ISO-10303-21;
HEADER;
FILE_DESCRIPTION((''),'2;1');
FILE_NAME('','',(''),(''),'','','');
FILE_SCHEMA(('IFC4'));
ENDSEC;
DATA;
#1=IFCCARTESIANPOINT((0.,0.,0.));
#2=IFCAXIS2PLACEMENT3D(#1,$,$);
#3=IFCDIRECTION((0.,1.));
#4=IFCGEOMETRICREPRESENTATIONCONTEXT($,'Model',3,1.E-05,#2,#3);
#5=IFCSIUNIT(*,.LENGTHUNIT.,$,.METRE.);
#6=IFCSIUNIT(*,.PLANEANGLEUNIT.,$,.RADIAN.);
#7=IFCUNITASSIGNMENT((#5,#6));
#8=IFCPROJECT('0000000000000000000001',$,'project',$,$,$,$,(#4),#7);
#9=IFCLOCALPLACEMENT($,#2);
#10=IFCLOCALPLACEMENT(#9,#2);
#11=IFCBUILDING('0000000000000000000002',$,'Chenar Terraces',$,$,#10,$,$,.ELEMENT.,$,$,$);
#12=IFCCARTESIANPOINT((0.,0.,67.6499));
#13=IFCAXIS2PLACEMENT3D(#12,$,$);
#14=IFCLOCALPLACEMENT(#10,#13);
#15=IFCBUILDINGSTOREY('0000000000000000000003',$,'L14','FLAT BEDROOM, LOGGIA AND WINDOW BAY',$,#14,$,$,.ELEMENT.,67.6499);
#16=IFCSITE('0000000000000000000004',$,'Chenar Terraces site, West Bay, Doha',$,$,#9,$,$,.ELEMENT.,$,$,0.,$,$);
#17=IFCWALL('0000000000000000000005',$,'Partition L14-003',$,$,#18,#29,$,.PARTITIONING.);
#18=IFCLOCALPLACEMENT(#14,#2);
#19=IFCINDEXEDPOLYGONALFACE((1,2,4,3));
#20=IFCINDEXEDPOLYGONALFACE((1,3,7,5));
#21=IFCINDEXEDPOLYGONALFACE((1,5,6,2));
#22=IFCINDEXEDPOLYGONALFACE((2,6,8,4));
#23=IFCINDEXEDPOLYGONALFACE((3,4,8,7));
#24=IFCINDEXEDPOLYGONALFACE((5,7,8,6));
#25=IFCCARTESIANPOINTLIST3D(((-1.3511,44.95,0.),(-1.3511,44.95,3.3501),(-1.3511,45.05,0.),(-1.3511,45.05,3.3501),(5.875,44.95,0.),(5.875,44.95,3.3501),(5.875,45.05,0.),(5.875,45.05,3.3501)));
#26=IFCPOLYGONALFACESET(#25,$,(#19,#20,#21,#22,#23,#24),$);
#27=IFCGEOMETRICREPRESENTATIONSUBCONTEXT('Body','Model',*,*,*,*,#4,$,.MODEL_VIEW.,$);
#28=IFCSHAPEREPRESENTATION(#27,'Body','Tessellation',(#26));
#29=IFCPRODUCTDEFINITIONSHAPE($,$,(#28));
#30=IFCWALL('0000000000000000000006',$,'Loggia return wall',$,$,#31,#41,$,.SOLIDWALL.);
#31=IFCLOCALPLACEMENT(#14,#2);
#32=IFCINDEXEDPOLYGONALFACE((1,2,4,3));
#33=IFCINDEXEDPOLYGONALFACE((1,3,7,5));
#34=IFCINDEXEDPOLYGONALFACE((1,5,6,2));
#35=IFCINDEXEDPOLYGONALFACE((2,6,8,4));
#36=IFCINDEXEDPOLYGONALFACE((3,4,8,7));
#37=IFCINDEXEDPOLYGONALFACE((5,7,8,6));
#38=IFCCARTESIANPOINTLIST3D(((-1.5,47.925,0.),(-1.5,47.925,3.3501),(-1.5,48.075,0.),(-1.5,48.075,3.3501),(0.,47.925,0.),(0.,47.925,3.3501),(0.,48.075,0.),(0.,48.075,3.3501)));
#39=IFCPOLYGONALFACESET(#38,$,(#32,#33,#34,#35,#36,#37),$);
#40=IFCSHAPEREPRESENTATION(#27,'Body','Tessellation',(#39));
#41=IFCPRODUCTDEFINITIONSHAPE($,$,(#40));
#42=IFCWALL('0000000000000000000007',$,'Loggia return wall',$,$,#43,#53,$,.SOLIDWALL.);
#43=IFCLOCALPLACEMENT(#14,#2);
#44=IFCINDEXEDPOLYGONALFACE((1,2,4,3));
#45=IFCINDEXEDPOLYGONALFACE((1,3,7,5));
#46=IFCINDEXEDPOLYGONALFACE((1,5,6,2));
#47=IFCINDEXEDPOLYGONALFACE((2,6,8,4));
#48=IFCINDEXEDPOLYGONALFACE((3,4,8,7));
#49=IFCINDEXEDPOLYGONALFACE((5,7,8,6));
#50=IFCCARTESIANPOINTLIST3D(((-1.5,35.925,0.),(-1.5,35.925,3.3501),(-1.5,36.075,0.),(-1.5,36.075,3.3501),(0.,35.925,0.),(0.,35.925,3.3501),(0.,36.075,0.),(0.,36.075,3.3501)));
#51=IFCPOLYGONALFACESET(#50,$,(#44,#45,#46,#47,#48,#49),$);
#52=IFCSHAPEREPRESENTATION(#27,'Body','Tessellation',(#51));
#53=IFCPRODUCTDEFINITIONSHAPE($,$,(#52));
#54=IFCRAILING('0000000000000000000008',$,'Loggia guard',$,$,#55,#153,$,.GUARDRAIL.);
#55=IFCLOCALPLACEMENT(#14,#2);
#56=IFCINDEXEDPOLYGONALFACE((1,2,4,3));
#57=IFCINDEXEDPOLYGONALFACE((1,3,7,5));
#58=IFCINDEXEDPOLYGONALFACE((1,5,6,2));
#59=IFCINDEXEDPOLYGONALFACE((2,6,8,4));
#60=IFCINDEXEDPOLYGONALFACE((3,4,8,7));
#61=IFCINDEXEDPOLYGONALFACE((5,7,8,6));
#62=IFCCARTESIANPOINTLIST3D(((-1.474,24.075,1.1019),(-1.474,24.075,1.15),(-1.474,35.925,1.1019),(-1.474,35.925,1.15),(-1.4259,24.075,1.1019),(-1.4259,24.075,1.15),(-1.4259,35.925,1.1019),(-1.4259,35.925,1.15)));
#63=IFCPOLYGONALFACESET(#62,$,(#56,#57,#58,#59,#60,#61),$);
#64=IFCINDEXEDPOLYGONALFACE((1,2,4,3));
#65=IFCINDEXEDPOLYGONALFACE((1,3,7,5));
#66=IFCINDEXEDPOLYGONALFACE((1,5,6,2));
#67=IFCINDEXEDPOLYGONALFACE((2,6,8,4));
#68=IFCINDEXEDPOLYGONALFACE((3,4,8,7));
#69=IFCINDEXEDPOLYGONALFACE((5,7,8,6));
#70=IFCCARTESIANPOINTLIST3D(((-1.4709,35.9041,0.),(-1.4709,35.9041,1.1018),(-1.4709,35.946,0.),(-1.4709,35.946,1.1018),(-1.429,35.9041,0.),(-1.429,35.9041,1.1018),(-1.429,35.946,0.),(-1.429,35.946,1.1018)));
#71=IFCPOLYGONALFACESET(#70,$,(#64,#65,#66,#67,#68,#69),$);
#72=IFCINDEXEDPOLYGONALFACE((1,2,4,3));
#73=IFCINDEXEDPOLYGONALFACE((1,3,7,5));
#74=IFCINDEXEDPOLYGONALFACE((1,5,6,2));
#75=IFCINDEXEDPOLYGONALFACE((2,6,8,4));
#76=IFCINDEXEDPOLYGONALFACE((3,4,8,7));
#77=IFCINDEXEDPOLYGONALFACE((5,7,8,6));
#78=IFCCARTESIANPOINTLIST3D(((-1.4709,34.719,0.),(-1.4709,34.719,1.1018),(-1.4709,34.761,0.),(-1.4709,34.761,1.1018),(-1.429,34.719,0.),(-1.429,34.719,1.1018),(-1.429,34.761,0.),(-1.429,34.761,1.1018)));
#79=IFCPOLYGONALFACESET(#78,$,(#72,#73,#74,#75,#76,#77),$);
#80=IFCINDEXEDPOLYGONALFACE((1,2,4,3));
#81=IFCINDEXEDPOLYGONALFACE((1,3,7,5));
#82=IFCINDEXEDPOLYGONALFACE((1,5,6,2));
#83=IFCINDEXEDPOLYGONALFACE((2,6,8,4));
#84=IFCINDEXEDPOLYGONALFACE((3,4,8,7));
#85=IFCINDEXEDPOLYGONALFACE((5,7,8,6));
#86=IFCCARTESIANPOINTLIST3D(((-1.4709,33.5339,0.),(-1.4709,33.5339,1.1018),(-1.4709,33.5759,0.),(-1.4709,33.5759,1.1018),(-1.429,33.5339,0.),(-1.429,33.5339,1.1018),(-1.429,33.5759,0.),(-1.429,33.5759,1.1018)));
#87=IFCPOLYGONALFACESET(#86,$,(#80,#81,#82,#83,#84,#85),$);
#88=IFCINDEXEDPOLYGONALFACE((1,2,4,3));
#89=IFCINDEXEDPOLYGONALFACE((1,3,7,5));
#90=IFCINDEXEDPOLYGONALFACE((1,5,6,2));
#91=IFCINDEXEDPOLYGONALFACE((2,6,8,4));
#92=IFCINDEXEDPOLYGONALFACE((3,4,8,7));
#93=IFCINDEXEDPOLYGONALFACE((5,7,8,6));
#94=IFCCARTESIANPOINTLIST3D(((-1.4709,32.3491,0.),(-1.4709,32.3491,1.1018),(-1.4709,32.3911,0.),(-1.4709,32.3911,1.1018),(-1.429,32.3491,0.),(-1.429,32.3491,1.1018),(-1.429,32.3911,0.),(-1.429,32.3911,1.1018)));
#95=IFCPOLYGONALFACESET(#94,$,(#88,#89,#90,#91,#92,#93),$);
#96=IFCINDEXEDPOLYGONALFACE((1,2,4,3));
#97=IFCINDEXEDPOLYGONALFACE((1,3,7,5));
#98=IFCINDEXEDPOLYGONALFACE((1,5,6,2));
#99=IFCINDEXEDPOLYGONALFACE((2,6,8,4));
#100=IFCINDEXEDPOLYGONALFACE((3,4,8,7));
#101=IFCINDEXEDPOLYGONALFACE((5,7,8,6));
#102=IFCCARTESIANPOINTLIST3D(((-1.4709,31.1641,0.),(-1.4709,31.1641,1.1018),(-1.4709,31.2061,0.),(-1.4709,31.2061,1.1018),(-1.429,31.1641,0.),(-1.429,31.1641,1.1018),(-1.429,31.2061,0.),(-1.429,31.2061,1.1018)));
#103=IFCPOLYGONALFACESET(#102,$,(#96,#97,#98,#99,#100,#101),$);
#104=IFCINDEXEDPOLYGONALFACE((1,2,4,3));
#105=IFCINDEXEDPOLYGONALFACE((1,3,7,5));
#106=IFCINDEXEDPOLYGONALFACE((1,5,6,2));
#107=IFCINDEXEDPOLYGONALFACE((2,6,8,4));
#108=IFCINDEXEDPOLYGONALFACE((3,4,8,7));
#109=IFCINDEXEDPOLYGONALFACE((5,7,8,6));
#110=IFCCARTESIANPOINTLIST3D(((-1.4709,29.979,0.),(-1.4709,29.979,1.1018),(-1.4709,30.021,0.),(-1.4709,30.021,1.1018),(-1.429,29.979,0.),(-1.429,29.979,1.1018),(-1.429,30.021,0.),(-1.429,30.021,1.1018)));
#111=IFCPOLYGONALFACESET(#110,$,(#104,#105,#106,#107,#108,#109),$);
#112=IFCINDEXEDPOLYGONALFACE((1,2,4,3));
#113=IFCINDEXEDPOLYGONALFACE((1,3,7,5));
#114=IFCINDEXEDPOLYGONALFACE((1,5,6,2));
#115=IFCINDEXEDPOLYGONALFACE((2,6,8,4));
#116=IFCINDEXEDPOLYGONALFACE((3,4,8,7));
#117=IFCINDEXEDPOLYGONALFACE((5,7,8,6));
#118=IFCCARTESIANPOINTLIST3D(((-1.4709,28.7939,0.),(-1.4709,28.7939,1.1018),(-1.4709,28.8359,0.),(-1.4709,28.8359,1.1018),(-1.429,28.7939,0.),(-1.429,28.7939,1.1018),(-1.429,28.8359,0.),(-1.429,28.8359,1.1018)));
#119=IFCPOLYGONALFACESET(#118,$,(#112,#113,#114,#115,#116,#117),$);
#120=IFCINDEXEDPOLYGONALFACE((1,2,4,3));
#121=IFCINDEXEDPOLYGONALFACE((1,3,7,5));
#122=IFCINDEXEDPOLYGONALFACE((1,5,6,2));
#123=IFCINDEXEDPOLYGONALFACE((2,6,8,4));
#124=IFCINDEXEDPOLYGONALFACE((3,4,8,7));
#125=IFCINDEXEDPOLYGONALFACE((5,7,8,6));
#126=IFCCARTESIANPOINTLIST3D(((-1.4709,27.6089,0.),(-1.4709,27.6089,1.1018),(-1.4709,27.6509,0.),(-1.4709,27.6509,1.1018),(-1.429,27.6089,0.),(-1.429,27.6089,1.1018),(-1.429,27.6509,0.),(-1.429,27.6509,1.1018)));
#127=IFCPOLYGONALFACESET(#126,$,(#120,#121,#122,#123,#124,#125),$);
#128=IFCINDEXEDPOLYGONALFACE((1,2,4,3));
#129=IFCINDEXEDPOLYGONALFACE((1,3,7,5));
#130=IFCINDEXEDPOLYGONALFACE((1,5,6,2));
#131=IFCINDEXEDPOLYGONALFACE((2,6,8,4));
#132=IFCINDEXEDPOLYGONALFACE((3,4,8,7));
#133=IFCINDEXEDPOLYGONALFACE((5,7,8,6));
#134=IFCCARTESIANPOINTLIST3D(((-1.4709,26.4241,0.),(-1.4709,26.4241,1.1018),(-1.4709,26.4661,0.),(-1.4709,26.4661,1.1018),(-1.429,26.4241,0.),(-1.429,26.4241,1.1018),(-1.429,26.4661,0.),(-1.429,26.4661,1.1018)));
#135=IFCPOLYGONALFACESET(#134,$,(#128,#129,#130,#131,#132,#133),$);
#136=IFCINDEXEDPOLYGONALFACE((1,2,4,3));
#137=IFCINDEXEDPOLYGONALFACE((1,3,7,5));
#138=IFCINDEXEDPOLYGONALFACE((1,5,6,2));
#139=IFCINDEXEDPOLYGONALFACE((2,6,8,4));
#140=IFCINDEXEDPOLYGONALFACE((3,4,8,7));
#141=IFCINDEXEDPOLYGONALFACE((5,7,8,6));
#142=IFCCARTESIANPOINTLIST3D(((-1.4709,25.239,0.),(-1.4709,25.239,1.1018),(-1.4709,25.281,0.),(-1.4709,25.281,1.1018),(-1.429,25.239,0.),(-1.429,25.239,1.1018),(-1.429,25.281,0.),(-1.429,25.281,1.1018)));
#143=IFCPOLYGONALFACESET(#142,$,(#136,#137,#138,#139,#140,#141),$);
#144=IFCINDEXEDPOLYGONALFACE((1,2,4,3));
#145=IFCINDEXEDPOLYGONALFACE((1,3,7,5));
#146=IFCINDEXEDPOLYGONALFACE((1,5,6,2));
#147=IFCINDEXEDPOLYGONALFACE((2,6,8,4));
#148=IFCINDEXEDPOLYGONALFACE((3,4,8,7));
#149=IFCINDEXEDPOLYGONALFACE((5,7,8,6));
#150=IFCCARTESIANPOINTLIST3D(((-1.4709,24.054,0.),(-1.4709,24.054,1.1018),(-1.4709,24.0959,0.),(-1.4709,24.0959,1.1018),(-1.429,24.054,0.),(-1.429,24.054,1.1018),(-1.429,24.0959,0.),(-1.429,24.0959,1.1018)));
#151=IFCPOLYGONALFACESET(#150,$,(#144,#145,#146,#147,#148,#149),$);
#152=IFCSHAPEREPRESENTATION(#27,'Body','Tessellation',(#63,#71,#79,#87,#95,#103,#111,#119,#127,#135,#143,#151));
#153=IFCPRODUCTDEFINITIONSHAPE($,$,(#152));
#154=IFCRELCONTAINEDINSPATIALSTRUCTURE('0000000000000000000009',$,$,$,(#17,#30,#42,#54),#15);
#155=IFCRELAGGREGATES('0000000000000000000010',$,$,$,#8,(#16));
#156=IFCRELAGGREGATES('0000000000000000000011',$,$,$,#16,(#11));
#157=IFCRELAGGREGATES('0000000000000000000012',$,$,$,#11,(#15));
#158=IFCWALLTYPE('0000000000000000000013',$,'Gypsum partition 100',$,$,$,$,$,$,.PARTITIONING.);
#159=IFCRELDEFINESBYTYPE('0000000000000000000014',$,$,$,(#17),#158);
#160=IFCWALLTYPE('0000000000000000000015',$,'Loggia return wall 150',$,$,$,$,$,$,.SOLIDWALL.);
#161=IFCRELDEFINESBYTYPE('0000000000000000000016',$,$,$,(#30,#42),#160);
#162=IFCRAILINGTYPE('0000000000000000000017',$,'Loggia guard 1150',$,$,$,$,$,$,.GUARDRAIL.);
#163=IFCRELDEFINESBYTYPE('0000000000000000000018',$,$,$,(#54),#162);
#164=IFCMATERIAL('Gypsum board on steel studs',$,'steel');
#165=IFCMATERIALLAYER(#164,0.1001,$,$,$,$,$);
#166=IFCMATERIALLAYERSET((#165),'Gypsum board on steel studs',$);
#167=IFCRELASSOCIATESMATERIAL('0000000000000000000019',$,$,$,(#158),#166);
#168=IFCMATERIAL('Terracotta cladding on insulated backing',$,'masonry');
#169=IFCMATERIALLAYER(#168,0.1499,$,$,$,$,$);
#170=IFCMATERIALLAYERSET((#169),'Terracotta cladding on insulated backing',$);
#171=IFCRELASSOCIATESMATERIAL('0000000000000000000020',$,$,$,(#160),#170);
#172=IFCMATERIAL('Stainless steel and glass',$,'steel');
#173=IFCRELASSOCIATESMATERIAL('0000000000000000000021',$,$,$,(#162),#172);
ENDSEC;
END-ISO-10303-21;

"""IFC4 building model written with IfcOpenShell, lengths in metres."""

from ifc_helpers import new_model, si_unit, direction, frame, frame_2d, origin, origin_2d, place, context, subcontext, project, spatial, rectangle, extrude, material, layer, layer_set, type_object, element, save


model = new_model("IFC4")

# Units and contexts
model_context = context("Model", 3, precision=1e-05, world=origin(), true_north=direction((0.0, 1.0)))
body_context = subcontext(model_context, "Body", "Model", "MODEL_VIEW")
ifc_project = project(units=[si_unit("LENGTHUNIT", "METRE"), si_unit("PLANEANGLEUNIT", "RADIAN")], contexts=[model_context])

# Site, building, storey
site_placement = place(None, origin())
site = spatial("IfcSite", under=ifc_project, at=site_placement, Name="Chenar Terraces site, West Bay, Doha", CompositionType="ELEMENT", RefElevation=0.0)
building_placement = place(site_placement, origin())
building = spatial("IfcBuilding", under=site, at=building_placement, Name="Chenar Terraces", CompositionType="ELEMENT")
storey_placement = place(building_placement, frame((0.0, 0.0, 67.6499)))
storey = spatial("IfcBuildingStorey", under=building, at=storey_placement, Name="L14", Description="FLAT BEDROOM, LOGGIA AND WINDOW BAY", CompositionType="ELEMENT", Elevation=67.6499)

# Walls
ifc_material_1 = material(Name="Gypsum board on steel studs", Category="steel")
ifc_layer_1 = layer(ifc_material_1, 0.1001)
ifc_layer_set_1 = layer_set([ifc_layer_1], Name="Gypsum board on steel studs")
wall_type_1 = type_object("IfcWallType", Name="Gypsum partition 100", PredefinedType="PARTITIONING", material=ifc_layer_set_1)
for number, where, z_axis, x_axis, name in (
    (1, (-1.3511, 45.0, 0.0), (0.0, 0.0, 1.0), (1.0, 0.0, 0.0), "Partition L14-003"),
):
    element("IfcWall", number, at=place(storey_placement, frame(where, z_axis=z_axis, x_axis=x_axis)), inside=storey, type_object=wall_type_1, Name=name, PredefinedType="PARTITIONING", context=body_context, shape_type="SweptSolid", body=[
        extrude(rectangle(XDim=7.2261, YDim=0.1001, at=frame_2d((3.613, 0.0))), origin(), (0.0, 0.0, 1.0), 3.3501),
    ])
ifc_material_2 = material(Name="Terracotta cladding on insulated backing", Category="masonry")
ifc_layer_2 = layer(ifc_material_2, 0.1499)
ifc_layer_set_2 = layer_set([ifc_layer_2], Name="Terracotta cladding on insulated backing")
wall_type_2 = type_object("IfcWallType", Name="Loggia return wall 150", PredefinedType="SOLIDWALL", material=ifc_layer_set_2)
for number, where, z_axis, x_axis, name in (
    (2, (-1.5, 48.0, 0.0), (0.0, 0.0, 1.0), (1.0, 0.0, 0.0), "Loggia return wall"),
    (3, (-1.5, 36.0, 0.0), (0.0, 0.0, 1.0), (1.0, 0.0, 0.0), "Loggia return wall"),
):
    element("IfcWall", number, at=place(storey_placement, frame(where, z_axis=z_axis, x_axis=x_axis)), inside=storey, type_object=wall_type_2, Name=name, PredefinedType="SOLIDWALL", context=body_context, shape_type="SweptSolid", body=[
        extrude(rectangle(XDim=1.5, YDim=0.1499, at=frame_2d((0.75, 0.0))), origin(), (0.0, 0.0, 1.0), 3.3501),
    ])

# Railing
ifc_material_3 = material(Name="Stainless steel and glass", Category="steel")
railing_type = type_object("IfcRailingType", Name="Loggia guard 1150", PredefinedType="GUARDRAIL", material=ifc_material_3)
railing_placement = place(storey_placement, frame((-1.45, 35.925, 0.0)))
element("IfcRailing", 4, at=railing_placement, inside=storey, type_object=railing_type, Name="Loggia guard", PredefinedType="GUARDRAIL", context=body_context, shape_type="SweptSolid", body=[
    extrude(rectangle(XDim=0.0481, YDim=0.0481, at=origin_2d()), frame((0.0, 0.0, 1.126), z_axis=(0.0, -1.0, 0.0), x_axis=(1.0, 0.0, 0.0)), (0.0, 0.0, 1.0), 11.8501),
    extrude(rectangle(XDim=0.042, YDim=0.042, at=origin_2d()), origin(), (0.0, 0.0, 1.0), 1.1018),
    extrude(rectangle(XDim=0.042, YDim=0.042, at=origin_2d()), frame((0.0, -1.1851, 0.0)), (0.0, 0.0, 1.0), 1.1018),
    extrude(rectangle(XDim=0.042, YDim=0.042, at=origin_2d()), frame((0.0, -2.3701, 0.0)), (0.0, 0.0, 1.0), 1.1018),
    extrude(rectangle(XDim=0.042, YDim=0.042, at=origin_2d()), frame((0.0, -3.5549, 0.0)), (0.0, 0.0, 1.0), 1.1018),
    extrude(rectangle(XDim=0.042, YDim=0.042, at=origin_2d()), frame((0.0, -4.74, 0.0)), (0.0, 0.0, 1.0), 1.1018),
    extrude(rectangle(XDim=0.042, YDim=0.042, at=origin_2d()), frame((0.0, -5.925, 0.0)), (0.0, 0.0, 1.0), 1.1018),
    extrude(rectangle(XDim=0.042, YDim=0.042, at=origin_2d()), frame((0.0, -7.1101, 0.0)), (0.0, 0.0, 1.0), 1.1018),
    extrude(rectangle(XDim=0.042, YDim=0.042, at=origin_2d()), frame((0.0, -8.2952, 0.0)), (0.0, 0.0, 1.0), 1.1018),
    extrude(rectangle(XDim=0.042, YDim=0.042, at=origin_2d()), frame((0.0, -9.48, 0.0)), (0.0, 0.0, 1.0), 1.1018),
    extrude(rectangle(XDim=0.042, YDim=0.042, at=origin_2d()), frame((0.0, -10.665, 0.0)), (0.0, 0.0, 1.0), 1.1018),
    extrude(rectangle(XDim=0.042, YDim=0.042, at=origin_2d()), frame((0.0, -11.8501, 0.0)), (0.0, 0.0, 1.0), 1.1018),
])

save(model, "model.ifc")
